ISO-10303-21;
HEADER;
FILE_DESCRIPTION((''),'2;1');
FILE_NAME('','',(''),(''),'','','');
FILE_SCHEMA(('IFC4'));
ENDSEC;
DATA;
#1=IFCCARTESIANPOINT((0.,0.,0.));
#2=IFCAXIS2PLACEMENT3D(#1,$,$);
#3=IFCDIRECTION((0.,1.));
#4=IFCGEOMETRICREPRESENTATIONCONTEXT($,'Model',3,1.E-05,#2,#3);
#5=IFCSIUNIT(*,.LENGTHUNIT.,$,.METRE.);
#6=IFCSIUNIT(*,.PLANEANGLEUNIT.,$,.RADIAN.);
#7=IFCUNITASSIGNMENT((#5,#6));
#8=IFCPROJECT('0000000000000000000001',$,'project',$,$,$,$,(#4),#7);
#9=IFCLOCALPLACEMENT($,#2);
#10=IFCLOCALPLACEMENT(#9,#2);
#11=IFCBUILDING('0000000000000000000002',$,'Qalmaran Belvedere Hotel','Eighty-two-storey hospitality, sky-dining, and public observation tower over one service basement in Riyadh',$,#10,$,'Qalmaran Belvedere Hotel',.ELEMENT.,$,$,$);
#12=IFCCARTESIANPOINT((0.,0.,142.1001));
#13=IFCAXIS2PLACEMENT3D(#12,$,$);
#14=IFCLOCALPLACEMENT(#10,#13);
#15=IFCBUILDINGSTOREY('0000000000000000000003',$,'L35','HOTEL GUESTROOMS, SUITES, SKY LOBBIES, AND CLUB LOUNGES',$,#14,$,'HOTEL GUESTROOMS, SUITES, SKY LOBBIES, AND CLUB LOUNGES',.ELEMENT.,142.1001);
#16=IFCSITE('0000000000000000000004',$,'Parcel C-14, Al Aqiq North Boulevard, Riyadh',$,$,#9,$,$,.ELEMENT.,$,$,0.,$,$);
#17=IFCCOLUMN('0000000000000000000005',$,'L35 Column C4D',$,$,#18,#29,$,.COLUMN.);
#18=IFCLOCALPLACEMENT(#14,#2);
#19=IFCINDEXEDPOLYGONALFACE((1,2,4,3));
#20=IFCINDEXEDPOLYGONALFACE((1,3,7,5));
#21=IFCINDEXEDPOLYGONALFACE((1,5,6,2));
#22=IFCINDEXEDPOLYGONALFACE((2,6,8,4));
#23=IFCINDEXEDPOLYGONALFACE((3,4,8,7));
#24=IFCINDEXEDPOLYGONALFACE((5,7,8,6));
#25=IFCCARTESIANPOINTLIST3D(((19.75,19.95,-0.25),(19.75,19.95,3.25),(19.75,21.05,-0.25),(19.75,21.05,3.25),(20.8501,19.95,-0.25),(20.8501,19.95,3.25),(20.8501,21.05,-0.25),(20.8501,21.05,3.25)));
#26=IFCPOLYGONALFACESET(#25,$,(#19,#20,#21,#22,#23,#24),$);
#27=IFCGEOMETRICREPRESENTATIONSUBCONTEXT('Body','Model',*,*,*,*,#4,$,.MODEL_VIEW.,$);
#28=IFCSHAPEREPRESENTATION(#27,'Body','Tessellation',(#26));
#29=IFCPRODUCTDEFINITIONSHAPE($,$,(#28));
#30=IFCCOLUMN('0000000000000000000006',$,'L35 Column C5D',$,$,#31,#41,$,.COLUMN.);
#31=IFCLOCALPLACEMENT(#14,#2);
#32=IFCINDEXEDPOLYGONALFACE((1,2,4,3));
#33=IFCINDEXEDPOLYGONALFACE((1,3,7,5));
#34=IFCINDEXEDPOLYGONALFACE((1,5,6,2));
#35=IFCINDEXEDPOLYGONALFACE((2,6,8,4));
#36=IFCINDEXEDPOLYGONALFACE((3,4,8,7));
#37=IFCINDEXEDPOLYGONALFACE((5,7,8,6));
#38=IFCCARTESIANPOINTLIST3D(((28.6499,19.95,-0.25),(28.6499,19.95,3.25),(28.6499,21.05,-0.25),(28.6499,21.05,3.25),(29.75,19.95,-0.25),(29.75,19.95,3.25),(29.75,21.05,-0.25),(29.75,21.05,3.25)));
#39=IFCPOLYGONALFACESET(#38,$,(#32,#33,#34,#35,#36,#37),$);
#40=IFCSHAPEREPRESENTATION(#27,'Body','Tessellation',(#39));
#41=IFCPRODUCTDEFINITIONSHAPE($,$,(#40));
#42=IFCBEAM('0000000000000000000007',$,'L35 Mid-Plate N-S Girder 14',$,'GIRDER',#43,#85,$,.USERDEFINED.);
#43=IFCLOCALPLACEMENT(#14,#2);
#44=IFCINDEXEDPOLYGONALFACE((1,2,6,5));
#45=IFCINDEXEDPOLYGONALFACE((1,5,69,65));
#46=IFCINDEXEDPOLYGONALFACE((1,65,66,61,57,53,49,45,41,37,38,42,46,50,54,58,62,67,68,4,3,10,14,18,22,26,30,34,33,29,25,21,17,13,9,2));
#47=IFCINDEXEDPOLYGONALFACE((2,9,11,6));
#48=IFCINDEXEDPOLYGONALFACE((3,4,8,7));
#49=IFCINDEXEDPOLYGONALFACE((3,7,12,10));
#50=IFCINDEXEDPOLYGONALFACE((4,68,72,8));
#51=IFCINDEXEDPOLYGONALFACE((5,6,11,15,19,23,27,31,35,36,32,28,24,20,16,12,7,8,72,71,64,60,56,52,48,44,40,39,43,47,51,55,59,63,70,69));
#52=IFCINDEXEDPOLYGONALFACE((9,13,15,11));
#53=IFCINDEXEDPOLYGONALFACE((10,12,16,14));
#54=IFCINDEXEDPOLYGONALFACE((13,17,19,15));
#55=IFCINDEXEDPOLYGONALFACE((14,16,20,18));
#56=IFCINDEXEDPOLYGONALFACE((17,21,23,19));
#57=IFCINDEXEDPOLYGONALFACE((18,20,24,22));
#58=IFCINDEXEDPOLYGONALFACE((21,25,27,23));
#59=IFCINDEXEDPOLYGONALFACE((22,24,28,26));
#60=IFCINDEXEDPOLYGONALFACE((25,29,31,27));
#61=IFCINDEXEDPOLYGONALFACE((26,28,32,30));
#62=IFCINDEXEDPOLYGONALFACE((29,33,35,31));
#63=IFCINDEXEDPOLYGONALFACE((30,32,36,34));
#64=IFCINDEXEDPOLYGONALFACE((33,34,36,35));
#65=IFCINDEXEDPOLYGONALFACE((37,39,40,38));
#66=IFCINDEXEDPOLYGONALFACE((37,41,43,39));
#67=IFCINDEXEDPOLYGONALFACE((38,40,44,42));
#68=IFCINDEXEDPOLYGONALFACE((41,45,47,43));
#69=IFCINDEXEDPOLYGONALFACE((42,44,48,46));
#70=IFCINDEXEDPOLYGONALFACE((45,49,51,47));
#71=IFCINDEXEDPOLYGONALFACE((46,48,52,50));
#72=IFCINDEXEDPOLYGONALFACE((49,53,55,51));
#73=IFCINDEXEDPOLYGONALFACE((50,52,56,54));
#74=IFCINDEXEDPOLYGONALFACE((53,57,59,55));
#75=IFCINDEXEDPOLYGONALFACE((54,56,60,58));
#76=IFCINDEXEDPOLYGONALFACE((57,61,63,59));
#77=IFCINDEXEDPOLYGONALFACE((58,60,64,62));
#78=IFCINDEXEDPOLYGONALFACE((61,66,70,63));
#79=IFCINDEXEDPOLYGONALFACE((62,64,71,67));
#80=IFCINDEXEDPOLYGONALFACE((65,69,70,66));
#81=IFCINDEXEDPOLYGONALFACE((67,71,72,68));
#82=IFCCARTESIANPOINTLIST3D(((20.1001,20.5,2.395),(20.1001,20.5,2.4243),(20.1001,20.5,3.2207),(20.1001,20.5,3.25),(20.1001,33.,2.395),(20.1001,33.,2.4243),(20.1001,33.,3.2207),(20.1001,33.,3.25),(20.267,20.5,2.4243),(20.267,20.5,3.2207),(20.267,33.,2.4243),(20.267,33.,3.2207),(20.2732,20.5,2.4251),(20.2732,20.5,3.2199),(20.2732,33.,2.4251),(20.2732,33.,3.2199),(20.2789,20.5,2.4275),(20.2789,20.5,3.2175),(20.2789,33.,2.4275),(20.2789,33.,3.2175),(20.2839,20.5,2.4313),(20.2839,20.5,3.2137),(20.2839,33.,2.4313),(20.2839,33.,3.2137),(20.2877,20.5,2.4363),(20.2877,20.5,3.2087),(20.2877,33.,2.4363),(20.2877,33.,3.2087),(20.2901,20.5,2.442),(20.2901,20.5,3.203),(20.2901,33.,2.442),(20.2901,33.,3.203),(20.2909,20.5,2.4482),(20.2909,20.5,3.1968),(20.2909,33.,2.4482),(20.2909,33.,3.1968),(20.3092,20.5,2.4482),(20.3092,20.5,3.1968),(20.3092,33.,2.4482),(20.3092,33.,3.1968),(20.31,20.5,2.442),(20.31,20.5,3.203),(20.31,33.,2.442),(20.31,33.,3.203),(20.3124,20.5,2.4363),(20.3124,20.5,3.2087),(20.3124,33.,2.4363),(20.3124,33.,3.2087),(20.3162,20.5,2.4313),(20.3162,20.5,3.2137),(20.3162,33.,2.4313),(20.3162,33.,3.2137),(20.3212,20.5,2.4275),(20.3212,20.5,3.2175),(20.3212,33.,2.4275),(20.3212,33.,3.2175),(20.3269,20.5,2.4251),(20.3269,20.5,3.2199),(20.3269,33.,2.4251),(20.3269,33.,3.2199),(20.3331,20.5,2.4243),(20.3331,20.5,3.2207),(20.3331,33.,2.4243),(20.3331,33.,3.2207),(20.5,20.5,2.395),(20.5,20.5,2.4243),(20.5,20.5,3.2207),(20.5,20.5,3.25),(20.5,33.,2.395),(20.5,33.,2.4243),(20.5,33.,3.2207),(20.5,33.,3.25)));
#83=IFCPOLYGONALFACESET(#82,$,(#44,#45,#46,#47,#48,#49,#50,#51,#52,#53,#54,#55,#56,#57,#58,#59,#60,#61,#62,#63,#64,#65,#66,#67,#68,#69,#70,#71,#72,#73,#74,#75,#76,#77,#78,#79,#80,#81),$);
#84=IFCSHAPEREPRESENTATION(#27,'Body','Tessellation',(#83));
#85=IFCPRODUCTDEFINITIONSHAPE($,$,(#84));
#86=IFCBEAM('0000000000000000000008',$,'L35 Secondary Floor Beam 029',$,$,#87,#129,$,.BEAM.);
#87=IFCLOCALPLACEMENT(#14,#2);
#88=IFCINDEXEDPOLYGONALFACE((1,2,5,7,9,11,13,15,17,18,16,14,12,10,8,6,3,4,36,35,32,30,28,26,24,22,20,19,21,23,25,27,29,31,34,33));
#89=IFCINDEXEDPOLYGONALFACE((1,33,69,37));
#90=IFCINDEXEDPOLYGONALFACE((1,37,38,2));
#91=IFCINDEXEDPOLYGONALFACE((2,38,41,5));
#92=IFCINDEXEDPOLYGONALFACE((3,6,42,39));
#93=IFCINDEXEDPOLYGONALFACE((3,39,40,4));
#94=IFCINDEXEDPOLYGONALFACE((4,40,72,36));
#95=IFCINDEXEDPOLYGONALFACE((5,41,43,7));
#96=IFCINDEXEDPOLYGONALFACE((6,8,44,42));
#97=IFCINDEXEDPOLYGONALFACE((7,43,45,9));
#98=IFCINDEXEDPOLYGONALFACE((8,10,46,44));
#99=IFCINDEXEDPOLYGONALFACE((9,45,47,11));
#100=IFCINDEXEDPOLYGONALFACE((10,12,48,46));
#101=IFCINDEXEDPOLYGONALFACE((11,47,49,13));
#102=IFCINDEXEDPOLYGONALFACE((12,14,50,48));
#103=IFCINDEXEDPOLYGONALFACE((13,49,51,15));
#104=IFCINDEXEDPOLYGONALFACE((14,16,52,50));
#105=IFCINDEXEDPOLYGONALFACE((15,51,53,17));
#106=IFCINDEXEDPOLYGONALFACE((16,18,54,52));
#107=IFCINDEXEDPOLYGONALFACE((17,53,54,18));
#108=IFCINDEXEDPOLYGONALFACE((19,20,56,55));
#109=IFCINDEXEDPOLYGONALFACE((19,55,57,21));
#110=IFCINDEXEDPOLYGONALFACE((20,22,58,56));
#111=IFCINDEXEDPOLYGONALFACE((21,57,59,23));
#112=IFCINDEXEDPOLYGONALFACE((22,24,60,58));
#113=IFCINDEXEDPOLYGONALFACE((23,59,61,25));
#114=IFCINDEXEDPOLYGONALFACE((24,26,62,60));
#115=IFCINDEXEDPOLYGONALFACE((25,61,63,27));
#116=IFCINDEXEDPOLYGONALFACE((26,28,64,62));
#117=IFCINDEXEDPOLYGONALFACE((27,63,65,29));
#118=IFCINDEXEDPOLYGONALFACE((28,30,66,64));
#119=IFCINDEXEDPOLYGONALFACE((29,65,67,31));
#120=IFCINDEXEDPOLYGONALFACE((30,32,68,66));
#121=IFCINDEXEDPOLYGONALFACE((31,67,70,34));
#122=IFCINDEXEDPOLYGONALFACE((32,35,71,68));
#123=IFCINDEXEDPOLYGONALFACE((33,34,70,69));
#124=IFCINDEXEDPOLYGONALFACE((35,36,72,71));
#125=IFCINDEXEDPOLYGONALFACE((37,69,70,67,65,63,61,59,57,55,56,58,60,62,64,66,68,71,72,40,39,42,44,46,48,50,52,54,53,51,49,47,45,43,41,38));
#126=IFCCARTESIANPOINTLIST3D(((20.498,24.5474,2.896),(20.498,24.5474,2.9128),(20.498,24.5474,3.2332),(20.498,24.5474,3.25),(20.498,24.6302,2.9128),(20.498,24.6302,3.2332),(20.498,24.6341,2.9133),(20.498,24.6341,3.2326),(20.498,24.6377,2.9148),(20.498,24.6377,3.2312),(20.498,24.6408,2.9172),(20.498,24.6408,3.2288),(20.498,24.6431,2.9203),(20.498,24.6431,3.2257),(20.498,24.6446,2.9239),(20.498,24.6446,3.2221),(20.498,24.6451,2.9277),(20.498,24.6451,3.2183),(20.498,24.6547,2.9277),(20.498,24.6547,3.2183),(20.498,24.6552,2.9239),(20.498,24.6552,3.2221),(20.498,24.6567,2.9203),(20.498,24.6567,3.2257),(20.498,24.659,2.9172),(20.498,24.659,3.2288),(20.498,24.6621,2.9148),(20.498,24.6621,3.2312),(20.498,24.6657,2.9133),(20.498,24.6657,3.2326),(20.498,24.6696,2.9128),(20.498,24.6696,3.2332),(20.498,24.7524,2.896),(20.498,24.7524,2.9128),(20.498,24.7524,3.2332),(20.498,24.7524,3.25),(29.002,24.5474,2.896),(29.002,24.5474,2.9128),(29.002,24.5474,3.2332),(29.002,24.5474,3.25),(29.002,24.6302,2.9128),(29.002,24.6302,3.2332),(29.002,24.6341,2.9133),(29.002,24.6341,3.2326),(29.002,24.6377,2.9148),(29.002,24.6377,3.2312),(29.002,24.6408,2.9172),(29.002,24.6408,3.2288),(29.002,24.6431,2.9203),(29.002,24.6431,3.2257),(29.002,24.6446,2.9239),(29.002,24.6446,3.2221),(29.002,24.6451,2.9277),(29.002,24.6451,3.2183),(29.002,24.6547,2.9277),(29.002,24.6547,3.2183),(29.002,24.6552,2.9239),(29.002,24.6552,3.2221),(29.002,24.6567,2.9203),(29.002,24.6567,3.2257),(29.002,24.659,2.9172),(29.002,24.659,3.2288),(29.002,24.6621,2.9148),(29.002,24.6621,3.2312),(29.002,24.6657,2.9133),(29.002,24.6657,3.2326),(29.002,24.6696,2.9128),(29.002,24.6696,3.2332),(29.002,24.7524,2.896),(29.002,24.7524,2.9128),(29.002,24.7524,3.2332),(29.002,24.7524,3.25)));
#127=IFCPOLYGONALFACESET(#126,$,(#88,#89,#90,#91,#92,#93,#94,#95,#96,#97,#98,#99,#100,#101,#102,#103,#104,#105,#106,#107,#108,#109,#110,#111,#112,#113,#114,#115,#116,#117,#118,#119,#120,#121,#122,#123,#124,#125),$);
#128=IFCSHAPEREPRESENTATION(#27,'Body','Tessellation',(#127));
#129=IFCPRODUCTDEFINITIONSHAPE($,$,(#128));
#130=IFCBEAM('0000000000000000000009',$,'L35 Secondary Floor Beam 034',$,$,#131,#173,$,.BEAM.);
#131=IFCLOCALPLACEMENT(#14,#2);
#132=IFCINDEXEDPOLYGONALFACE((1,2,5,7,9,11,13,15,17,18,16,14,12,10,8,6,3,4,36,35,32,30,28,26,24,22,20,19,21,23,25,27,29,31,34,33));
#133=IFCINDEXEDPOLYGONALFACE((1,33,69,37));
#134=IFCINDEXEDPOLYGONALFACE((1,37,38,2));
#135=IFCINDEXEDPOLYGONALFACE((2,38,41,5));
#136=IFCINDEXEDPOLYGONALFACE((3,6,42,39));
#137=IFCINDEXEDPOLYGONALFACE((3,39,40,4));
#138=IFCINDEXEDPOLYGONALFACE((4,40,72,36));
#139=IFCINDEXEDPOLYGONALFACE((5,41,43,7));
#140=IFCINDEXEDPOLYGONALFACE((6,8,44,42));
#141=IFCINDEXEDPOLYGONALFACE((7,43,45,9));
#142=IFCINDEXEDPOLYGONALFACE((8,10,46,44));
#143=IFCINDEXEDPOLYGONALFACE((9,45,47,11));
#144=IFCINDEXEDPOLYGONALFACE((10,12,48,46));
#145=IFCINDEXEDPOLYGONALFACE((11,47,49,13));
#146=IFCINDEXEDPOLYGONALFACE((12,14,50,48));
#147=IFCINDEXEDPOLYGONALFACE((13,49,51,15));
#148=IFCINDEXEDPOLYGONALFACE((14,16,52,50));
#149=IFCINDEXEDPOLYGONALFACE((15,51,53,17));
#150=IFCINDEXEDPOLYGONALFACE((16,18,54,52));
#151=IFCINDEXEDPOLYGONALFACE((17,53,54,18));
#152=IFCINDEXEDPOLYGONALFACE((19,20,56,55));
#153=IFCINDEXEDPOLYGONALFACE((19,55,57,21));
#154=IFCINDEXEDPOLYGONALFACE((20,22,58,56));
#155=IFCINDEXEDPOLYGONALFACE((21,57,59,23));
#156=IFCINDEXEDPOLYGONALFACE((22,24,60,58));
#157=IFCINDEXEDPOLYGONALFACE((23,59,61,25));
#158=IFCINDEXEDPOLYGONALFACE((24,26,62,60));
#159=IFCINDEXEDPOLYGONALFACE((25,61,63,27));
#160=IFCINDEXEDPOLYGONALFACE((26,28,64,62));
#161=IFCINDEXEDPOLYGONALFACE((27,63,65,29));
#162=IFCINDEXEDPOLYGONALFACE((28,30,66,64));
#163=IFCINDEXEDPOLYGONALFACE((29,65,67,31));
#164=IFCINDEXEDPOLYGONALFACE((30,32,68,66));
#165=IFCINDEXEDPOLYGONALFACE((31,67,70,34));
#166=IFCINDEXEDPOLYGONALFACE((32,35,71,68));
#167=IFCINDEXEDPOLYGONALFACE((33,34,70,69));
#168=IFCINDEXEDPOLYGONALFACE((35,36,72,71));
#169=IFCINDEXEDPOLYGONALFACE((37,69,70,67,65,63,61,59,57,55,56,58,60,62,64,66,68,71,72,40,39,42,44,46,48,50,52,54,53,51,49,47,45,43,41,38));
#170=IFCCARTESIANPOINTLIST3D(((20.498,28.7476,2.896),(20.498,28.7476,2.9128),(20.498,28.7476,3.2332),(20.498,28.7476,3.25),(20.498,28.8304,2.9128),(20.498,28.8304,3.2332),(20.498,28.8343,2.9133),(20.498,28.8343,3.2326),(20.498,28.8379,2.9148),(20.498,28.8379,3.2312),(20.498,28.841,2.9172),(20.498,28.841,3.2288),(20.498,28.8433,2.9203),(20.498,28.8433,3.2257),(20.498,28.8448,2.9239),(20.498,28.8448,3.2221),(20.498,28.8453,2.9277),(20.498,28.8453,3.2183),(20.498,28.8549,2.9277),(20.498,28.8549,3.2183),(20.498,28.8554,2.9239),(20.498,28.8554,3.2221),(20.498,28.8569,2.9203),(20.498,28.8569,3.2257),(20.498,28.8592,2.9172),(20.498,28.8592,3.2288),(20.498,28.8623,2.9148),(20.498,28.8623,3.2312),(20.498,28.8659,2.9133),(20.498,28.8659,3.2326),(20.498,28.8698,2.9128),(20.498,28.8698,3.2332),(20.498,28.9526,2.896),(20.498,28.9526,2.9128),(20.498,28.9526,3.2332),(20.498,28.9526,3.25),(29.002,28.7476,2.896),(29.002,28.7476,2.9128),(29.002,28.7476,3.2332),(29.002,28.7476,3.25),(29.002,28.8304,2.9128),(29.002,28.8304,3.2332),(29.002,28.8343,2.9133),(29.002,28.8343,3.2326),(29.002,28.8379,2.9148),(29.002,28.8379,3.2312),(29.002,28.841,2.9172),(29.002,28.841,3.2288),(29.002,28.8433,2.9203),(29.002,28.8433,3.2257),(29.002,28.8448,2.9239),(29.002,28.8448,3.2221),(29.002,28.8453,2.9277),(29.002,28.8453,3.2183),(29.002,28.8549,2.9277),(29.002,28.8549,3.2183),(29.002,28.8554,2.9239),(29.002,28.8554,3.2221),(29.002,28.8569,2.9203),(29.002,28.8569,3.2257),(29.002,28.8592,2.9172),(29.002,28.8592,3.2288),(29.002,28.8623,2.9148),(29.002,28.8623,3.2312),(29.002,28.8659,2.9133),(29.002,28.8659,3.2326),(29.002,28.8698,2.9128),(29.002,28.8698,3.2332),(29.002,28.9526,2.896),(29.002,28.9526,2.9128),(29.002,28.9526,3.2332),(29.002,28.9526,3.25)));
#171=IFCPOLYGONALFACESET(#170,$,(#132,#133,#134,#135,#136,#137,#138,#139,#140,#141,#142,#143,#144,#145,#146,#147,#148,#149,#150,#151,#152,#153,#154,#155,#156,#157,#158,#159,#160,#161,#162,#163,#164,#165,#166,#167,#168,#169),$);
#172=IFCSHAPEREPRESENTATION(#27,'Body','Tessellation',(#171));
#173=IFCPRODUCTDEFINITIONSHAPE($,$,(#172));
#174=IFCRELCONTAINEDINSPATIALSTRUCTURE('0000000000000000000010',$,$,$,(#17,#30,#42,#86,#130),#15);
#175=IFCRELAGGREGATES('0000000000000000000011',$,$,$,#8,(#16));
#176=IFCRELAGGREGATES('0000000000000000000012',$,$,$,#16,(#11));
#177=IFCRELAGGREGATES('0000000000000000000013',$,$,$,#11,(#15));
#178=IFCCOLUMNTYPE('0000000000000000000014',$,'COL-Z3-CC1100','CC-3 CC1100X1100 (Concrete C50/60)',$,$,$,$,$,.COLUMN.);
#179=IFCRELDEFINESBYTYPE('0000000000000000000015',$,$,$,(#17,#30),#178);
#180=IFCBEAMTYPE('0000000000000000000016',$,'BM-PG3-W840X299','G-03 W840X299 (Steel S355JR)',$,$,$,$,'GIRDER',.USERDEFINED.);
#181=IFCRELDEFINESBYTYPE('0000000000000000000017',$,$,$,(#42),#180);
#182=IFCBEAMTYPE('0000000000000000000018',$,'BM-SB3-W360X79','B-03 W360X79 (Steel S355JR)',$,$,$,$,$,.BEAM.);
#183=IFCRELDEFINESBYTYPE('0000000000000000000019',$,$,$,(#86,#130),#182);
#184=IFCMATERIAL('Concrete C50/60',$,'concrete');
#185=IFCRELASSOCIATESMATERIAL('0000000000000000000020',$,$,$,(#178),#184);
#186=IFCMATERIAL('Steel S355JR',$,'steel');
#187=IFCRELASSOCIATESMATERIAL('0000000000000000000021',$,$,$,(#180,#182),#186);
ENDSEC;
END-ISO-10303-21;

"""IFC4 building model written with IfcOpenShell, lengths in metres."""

from ifc_helpers import new_model, si_unit, direction, frame, origin, origin_2d, place, context, subcontext, project, spatial, rectangle, i_section, extrude, material, material_profile, profile_set, type_object, element, save


model = new_model("IFC4")

# Units and contexts
model_context = context("Model", 3, precision=1e-05, world=origin(), true_north=direction((0.0, 1.0)))
body_context = subcontext(model_context, "Body", "Model", "MODEL_VIEW")
ifc_project = project(units=[si_unit("LENGTHUNIT", "METRE"), si_unit("PLANEANGLEUNIT", "RADIAN")], contexts=[model_context])

# Site, building, storey
site_placement = place(None, origin())
site = spatial("IfcSite", under=ifc_project, at=site_placement, Name="Parcel C-14, Al Aqiq North Boulevard, Riyadh", CompositionType="ELEMENT", RefElevation=0.0)
building_placement = place(site_placement, origin())
building = spatial("IfcBuilding", under=site, at=building_placement, Name="Qalmaran Belvedere Hotel", Description="Eighty-two-storey hospitality, sky-dining, and public observation tower over one service basement in Riyadh", LongName="Qalmaran Belvedere Hotel", CompositionType="ELEMENT")
storey_placement = place(building_placement, frame((0.0, 0.0, 142.1001)))
storey = spatial("IfcBuildingStorey", under=building, at=storey_placement, Name="L35", Description="HOTEL GUESTROOMS, SUITES, SKY LOBBIES, AND CLUB LOUNGES", LongName="HOTEL GUESTROOMS, SUITES, SKY LOBBIES, AND CLUB LOUNGES", CompositionType="ELEMENT", Elevation=142.1001)

# Columns
ifc_material_1 = material(Name="Concrete C50/60", Category="concrete")
ifc_material_profile_1 = material_profile(ifc_material_1, rectangle(XDim=1.1001, YDim=1.1001, at=origin_2d()), Name="CC1100X1100")
ifc_profile_set_1 = profile_set([ifc_material_profile_1], Name="Concrete C50/60")
column_type = type_object("IfcColumnType", Name="COL-Z3-CC1100", Description="CC-3 CC1100X1100 (Concrete C50/60)", PredefinedType="COLUMN", material=ifc_profile_set_1)
for number, where, z_axis, x_axis, name in (
    (1, (20.3, 20.5, -0.25), (0.0, 0.0, 1.0), (1.0, 0.0, 0.0), "L35 Column C4D"),
    (2, (29.2, 20.5, -0.25), (0.0, 0.0, 1.0), (1.0, 0.0, 0.0), "L35 Column C5D"),
):
    element("IfcColumn", number, at=place(storey_placement, frame(where, z_axis=z_axis, x_axis=x_axis)), inside=storey, type_object=column_type, Name=name, PredefinedType="COLUMN", context=body_context, shape_type="SweptSolid", body=[
        extrude(rectangle(XDim=1.1001, YDim=1.1001, at=origin_2d()), origin(), (0.0, 0.0, 1.0), 3.5),
    ])

# Beams
ifc_material_2 = material(Name="Steel S355JR", Category="steel")
ifc_material_profile_2 = material_profile(ifc_material_2, i_section(OverallWidth=0.3999, OverallDepth=0.855, WebThickness=0.0183, FlangeThickness=0.0293, FilletRadius=0.0239, at=origin_2d()), Name="W840X299")
ifc_profile_set_2 = profile_set([ifc_material_profile_2], Name="Steel S355JR")
beam_type_1 = type_object("IfcBeamType", Name="BM-PG3-W840X299", Description="G-03 W840X299 (Steel S355JR)", ElementType="GIRDER", PredefinedType="USERDEFINED", material=ifc_profile_set_2)
beam_1_placement = place(storey_placement, frame((20.3, 20.5, 2.8225), z_axis=(0.0, 1.0, 0.0), x_axis=(-1.0, 0.0, 0.0)))
element("IfcBeam", 3, at=beam_1_placement, inside=storey, type_object=beam_type_1, Name="L35 Mid-Plate N-S Girder 14", ObjectType="GIRDER", PredefinedType="USERDEFINED", context=body_context, shape_type="SweptSolid", body=[
    extrude(i_section(OverallWidth=0.3999, OverallDepth=0.855, WebThickness=0.0183, FlangeThickness=0.0293, FilletRadius=0.0239, at=origin_2d()), origin(), (0.0, 0.0, 1.0), 12.5),
])
ifc_material_profile_3 = material_profile(ifc_material_2, i_section(OverallWidth=0.2051, OverallDepth=0.354, WebThickness=0.0095, FlangeThickness=0.0168, FilletRadius=0.0149, at=origin_2d()), Name="W360X79")
ifc_profile_set_3 = profile_set([ifc_material_profile_3], Name="Steel S355JR")
beam_type_2 = type_object("IfcBeamType", Name="BM-SB3-W360X79", Description="B-03 W360X79 (Steel S355JR)", PredefinedType="BEAM", material=ifc_profile_set_3)
for number, where, z_axis, x_axis, name in (
    (4, (20.498, 24.6499, 3.073), (1.0, 0.0, 0.0), (0.0, 1.0, 0.0), "L35 Secondary Floor Beam 029"),
    (5, (20.498, 28.8501, 3.073), (1.0, 0.0, 0.0), (0.0, 1.0, 0.0), "L35 Secondary Floor Beam 034"),
):
    element("IfcBeam", number, at=place(storey_placement, frame(where, z_axis=z_axis, x_axis=x_axis)), inside=storey, type_object=beam_type_2, Name=name, PredefinedType="BEAM", context=body_context, shape_type="SweptSolid", body=[
        extrude(i_section(OverallWidth=0.2051, OverallDepth=0.354, WebThickness=0.0095, FlangeThickness=0.0168, FilletRadius=0.0149, at=origin_2d()), origin(), (0.0, 0.0, 1.0), 8.5039),
    ])

save(model, "model.ifc")
